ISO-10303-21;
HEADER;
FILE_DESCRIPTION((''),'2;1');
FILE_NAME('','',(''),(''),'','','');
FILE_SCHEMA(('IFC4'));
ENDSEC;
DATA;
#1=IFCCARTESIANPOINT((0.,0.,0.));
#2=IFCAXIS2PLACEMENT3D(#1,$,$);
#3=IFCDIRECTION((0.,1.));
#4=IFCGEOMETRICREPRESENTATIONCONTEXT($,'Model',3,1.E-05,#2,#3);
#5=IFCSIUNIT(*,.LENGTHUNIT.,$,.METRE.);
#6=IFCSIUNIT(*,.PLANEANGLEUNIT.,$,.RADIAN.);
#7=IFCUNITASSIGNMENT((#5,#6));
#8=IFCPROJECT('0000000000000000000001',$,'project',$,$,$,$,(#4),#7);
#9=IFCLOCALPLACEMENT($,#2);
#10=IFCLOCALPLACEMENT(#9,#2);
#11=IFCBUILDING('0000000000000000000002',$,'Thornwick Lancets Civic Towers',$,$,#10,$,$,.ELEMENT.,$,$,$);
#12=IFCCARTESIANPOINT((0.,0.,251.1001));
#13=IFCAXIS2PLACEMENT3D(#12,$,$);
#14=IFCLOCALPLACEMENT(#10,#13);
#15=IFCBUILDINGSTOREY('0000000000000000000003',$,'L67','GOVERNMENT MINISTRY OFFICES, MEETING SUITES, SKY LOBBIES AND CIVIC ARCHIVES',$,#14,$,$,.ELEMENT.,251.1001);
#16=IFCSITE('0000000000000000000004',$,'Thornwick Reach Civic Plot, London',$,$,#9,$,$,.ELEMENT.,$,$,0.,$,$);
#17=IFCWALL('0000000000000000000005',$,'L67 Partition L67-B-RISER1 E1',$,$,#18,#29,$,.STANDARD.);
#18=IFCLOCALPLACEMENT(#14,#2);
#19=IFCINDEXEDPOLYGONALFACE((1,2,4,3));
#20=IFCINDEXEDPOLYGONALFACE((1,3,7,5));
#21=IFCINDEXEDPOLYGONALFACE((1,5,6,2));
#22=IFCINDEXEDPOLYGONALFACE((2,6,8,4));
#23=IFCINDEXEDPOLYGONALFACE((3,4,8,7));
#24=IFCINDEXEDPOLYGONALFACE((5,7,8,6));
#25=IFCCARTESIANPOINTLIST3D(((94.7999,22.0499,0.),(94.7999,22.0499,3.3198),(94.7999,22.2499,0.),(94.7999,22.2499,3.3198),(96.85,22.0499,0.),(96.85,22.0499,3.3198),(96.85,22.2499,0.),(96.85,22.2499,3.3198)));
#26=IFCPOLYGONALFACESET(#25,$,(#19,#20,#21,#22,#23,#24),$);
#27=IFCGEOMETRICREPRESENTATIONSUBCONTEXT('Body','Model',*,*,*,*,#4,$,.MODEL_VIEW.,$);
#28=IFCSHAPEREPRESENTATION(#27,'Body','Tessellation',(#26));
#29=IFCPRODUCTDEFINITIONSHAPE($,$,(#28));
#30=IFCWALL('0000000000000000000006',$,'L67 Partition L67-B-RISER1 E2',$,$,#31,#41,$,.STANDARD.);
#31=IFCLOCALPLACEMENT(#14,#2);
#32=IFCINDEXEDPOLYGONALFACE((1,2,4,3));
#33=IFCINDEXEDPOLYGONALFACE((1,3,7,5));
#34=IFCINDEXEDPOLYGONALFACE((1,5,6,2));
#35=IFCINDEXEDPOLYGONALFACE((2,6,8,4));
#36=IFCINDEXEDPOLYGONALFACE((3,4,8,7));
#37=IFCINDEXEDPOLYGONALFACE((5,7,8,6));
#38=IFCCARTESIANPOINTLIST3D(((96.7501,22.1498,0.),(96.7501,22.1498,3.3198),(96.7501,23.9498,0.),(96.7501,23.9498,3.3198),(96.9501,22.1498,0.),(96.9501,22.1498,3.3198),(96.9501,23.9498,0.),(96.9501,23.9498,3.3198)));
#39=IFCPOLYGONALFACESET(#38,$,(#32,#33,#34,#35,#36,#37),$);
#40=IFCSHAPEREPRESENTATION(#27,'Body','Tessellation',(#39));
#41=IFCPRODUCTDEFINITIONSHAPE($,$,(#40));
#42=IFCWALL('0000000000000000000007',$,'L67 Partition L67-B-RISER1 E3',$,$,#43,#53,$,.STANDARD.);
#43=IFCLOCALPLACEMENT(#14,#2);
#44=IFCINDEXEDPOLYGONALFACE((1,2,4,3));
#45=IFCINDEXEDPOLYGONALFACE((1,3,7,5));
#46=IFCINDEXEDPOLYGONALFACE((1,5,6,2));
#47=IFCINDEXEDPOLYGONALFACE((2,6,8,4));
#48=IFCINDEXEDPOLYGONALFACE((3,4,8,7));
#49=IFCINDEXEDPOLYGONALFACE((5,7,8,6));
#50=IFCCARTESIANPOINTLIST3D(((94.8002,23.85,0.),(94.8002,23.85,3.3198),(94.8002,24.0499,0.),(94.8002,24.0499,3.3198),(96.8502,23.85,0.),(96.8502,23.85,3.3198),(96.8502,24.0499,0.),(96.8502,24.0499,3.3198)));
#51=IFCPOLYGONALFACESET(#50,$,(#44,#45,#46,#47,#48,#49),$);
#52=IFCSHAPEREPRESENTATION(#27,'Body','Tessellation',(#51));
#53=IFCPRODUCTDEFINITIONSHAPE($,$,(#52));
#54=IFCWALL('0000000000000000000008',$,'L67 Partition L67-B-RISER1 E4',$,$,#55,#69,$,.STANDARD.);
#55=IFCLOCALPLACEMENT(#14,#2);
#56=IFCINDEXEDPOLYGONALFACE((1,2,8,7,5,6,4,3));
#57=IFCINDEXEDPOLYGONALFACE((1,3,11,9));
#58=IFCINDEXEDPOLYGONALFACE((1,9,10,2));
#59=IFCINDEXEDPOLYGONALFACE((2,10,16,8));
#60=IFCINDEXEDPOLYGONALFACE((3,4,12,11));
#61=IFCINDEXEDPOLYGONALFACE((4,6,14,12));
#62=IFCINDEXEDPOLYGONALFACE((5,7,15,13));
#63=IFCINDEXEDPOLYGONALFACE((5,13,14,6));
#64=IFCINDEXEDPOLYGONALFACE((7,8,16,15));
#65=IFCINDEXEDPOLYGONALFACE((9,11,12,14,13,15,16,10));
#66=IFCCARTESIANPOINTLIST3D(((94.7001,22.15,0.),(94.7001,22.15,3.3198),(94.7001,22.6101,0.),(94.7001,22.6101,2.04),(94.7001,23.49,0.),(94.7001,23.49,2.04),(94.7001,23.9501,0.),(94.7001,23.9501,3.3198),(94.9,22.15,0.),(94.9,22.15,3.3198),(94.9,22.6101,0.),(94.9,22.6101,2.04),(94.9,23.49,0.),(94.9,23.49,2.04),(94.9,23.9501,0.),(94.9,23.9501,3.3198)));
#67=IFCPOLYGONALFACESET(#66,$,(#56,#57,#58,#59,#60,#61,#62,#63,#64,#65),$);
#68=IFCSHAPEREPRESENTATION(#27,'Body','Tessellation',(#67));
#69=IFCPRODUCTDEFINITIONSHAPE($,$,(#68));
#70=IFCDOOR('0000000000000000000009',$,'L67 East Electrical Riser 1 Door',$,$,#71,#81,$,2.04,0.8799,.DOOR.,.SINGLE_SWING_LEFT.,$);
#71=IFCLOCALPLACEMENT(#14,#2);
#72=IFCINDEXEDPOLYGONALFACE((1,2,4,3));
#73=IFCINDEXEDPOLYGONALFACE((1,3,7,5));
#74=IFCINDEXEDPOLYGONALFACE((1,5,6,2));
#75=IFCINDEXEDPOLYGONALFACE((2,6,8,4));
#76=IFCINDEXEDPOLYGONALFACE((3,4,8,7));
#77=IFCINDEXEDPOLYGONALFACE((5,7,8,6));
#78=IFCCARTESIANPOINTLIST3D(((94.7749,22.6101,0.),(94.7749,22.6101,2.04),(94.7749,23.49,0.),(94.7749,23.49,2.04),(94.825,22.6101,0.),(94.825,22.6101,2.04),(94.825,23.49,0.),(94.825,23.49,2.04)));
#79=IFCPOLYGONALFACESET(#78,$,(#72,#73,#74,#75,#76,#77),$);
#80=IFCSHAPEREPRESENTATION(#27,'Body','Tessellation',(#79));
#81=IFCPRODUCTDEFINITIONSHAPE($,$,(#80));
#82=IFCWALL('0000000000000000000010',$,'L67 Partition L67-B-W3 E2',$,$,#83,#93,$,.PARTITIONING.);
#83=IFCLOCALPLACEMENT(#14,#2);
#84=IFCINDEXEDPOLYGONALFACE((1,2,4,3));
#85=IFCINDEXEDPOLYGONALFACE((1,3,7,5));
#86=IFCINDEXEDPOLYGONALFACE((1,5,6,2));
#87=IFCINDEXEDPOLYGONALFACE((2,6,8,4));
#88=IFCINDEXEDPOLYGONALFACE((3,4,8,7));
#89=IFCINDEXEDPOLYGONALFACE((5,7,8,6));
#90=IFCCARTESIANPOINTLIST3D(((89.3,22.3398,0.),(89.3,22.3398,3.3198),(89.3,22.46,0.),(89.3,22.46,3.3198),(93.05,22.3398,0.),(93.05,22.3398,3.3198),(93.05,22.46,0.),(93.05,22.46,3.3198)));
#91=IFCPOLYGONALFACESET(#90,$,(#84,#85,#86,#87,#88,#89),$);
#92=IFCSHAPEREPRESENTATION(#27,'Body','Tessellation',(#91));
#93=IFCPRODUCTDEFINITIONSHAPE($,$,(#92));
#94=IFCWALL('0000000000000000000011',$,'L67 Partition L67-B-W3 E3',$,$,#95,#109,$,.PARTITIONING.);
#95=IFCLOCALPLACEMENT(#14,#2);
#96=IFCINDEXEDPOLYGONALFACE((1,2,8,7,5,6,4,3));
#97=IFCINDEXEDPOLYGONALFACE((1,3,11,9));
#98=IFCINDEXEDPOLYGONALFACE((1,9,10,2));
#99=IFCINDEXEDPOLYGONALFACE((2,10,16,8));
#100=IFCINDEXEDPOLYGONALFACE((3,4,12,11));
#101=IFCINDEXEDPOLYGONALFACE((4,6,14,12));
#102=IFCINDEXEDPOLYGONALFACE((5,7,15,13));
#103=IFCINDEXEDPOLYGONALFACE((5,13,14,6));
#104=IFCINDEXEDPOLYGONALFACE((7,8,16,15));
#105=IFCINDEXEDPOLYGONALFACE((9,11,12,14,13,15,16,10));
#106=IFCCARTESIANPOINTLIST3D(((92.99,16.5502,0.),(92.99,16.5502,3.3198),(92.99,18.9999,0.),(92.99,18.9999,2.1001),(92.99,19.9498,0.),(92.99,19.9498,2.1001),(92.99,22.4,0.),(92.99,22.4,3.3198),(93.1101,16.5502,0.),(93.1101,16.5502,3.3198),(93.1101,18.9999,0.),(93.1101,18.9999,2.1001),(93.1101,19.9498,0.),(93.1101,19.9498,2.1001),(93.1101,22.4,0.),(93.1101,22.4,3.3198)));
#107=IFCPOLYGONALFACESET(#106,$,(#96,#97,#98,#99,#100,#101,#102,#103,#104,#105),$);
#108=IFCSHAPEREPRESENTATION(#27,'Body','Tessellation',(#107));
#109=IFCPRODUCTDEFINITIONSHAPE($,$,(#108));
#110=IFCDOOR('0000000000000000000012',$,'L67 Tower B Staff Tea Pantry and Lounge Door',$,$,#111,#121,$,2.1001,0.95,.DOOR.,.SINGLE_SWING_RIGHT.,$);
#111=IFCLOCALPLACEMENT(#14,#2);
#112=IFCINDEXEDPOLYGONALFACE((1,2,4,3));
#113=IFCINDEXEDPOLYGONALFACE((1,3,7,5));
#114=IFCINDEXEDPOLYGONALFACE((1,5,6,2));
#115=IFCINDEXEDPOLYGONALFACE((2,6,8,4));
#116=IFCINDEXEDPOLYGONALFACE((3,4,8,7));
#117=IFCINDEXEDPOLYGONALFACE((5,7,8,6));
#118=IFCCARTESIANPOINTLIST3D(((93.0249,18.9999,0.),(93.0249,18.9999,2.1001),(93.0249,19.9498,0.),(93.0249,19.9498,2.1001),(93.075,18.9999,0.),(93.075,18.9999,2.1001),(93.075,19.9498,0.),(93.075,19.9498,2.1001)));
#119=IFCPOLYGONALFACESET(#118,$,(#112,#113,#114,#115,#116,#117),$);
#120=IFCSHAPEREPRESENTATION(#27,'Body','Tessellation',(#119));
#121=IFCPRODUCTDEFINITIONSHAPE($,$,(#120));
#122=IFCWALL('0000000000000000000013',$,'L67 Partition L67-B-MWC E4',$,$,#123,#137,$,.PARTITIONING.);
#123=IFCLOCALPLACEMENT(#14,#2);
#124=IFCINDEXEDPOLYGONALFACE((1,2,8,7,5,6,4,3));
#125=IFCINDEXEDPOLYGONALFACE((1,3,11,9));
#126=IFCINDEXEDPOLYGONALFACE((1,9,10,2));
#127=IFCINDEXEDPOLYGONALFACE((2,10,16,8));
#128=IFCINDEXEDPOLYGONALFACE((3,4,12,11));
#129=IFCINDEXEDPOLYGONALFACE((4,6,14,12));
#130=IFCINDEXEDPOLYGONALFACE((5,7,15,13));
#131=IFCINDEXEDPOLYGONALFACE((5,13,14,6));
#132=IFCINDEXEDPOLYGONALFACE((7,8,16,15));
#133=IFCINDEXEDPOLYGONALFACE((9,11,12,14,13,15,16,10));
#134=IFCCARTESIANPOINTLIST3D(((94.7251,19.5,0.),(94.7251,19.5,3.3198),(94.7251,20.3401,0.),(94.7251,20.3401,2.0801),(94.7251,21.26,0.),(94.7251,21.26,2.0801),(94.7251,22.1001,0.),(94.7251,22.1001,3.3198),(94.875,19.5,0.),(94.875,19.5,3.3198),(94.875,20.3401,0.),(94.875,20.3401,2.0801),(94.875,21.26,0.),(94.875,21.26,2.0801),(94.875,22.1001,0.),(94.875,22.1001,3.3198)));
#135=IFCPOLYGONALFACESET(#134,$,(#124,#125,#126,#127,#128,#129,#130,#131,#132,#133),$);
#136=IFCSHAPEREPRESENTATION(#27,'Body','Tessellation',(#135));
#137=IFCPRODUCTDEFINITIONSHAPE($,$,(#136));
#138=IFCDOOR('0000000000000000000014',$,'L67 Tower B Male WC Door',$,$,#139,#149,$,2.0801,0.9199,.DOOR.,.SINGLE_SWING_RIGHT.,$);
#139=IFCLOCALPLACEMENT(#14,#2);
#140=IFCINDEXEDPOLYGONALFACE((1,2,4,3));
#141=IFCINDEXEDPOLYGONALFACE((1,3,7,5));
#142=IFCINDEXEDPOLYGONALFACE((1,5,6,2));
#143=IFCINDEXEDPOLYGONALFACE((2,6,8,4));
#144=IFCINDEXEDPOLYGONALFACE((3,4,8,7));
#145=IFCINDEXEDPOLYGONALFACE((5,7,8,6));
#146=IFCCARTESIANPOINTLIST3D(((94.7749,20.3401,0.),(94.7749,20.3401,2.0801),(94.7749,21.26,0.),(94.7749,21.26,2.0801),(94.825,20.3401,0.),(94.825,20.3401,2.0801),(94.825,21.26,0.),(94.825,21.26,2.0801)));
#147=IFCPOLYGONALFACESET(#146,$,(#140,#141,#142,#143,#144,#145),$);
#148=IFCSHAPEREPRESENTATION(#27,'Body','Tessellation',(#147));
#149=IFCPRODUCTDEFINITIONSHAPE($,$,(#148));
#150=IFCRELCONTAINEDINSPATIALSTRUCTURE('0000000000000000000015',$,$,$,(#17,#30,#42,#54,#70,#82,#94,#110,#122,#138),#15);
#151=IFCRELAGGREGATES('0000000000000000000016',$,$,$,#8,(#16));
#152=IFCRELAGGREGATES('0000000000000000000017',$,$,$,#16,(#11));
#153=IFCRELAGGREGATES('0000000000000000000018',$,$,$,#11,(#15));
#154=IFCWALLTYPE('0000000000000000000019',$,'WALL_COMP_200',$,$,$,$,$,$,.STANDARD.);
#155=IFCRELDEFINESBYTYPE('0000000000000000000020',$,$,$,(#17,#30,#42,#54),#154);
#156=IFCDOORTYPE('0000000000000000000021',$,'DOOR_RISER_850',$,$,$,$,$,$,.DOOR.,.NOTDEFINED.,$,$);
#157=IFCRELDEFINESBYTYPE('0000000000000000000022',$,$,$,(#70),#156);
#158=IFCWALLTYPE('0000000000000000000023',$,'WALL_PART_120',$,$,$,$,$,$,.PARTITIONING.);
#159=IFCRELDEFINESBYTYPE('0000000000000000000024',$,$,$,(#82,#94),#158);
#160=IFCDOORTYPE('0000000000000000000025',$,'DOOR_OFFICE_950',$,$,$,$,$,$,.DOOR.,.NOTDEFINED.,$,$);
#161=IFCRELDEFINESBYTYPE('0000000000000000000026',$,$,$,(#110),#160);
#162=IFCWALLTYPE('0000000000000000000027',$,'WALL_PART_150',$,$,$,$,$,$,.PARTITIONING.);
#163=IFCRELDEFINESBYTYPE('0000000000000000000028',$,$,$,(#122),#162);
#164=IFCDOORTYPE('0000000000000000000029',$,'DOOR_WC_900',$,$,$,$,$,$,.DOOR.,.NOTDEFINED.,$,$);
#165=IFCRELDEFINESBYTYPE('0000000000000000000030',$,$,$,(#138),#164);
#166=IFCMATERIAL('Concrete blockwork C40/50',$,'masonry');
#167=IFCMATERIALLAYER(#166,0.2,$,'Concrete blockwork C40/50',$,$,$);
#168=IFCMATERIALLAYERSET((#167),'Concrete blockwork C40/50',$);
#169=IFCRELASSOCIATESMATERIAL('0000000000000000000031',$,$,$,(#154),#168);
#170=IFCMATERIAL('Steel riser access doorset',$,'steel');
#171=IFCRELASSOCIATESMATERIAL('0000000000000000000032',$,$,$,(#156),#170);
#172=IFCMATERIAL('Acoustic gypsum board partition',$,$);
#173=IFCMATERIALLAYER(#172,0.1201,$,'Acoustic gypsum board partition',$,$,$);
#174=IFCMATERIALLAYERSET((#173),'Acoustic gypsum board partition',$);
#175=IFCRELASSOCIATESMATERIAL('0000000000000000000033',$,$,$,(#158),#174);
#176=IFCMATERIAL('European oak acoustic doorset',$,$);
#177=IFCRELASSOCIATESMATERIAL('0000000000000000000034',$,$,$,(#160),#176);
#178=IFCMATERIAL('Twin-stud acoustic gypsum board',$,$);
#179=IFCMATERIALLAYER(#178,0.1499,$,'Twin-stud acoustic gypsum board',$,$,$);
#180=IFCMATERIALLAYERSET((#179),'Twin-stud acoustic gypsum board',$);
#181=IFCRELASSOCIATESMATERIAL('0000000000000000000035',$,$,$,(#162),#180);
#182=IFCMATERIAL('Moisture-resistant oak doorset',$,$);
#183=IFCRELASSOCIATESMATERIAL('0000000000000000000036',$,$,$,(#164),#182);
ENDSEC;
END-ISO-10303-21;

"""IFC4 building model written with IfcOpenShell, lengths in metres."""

from ifc_helpers import new_model, si_unit, direction, frame, frame_2d, origin, place, context, subcontext, project, spatial, rectangle, extrude, material, layer, layer_set, type_object, element, fill, save


model = new_model("IFC4")

# Units and contexts
model_context = context("Model", 3, precision=1e-05, world=origin(), true_north=direction((0.0, 1.0)))
body_context = subcontext(model_context, "Body", "Model", "MODEL_VIEW")
ifc_project = project(units=[si_unit("LENGTHUNIT", "METRE"), si_unit("PLANEANGLEUNIT", "RADIAN")], contexts=[model_context])

# Site, building, storey
site_placement = place(None, origin())
site = spatial("IfcSite", under=ifc_project, at=site_placement, Name="Thornwick Reach Civic Plot, London", CompositionType="ELEMENT", RefElevation=0.0)
building_placement = place(site_placement, origin())
building = spatial("IfcBuilding", under=site, at=building_placement, Name="Thornwick Lancets Civic Towers", CompositionType="ELEMENT")
storey_placement = place(building_placement, frame((0.0, 0.0, 251.1001)))
storey = spatial("IfcBuildingStorey", under=building, at=storey_placement, Name="L67", Description="GOVERNMENT MINISTRY OFFICES, MEETING SUITES, SKY LOBBIES AND CIVIC ARCHIVES", CompositionType="ELEMENT", Elevation=251.1001)

# Walls
ifc_material_1 = material(Name="Concrete blockwork C40/50", Category="masonry")
ifc_layer_1 = layer(ifc_material_1, 0.2, Name="Concrete blockwork C40/50")
ifc_layer_set_1 = layer_set([ifc_layer_1], Name="Concrete blockwork C40/50")
wall_type_1 = type_object("IfcWallType", Name="WALL_COMP_200", PredefinedType="STANDARD", material=ifc_layer_set_1)
wall_1_placement = place(storey_placement, frame((94.8, 22.1499, 0.0), z_axis=(0.0, 0.0, 1.0), x_axis=(1.0, 0.0, 0.0)))
element("IfcWall", 1, at=wall_1_placement, inside=storey, type_object=wall_type_1, Name="L67 Partition L67-B-RISER1 E1", PredefinedType="STANDARD", context=body_context, shape_type="SweptSolid", body=[
    extrude(rectangle(XDim=2.05, YDim=0.2, at=frame_2d((1.0249, 0.0))), origin(), (0.0, 0.0, 1.0), 3.3198),
])
wall_2_placement = place(storey_placement, frame((96.8501, 22.1499, 0.0), z_axis=(0.0, 0.0, 1.0), x_axis=(0.0, 1.0, 0.0)))
element("IfcWall", 2, at=wall_2_placement, inside=storey, type_object=wall_type_1, Name="L67 Partition L67-B-RISER1 E2", PredefinedType="STANDARD", context=body_context, shape_type="SweptSolid", body=[
    extrude(rectangle(XDim=1.8, YDim=0.2, at=frame_2d((0.8999, 0.0))), origin(), (0.0, 0.0, 1.0), 3.3198),
])
wall_3_placement = place(storey_placement, frame((96.8501, 23.95, 0.0), z_axis=(0.0, 0.0, 1.0), x_axis=(-1.0, 0.0, 0.0)))
element("IfcWall", 3, at=wall_3_placement, inside=storey, type_object=wall_type_1, Name="L67 Partition L67-B-RISER1 E3", PredefinedType="STANDARD", context=body_context, shape_type="SweptSolid", body=[
    extrude(rectangle(XDim=2.05, YDim=0.2, at=frame_2d((1.0249, 0.0))), origin(), (0.0, 0.0, 1.0), 3.3198),
])

# Wall, opening, door
wall_4_placement = place(storey_placement, frame((94.8, 23.95, 0.0), z_axis=(0.0, 0.0, 1.0), x_axis=(0.0, -1.0, 0.0)))
wall_4 = element("IfcWall", 4, at=wall_4_placement, inside=storey, type_object=wall_type_1, Name="L67 Partition L67-B-RISER1 E4", PredefinedType="STANDARD", context=body_context, shape_type="SweptSolid", body=[
    extrude(rectangle(XDim=1.8, YDim=0.2, at=frame_2d((0.8999, 0.0))), origin(), (0.0, 0.0, 1.0), 3.3198),
])
opening_1_placement = place(wall_4_placement, frame((0.46, 0.0, 0.0)))
opening_1 = element("IfcOpeningElement", 5, at=opening_1_placement, cuts=wall_4, PredefinedType="OPENING", context=body_context, shape_type="SweptSolid", body=[
    extrude(rectangle(XDim=0.8799, YDim=2.04, at=frame_2d((0.4399, 1.02))), frame((0.0, 0.1099, 0.0), z_axis=(0.0, -1.0, 0.0), x_axis=(1.0, 0.0, 0.0)), (0.0, 0.0, 1.0), 0.22),
])
ifc_material_2 = material(Name="Steel riser access doorset", Category="steel")
door_type_1 = type_object("IfcDoorType", Name="DOOR_RISER_850", OperationType="NOTDEFINED", PredefinedType="DOOR", material=ifc_material_2)
door_1_placement = place(opening_1_placement, origin())
door_1 = element("IfcDoor", 6, at=door_1_placement, inside=storey, type_object=door_type_1, Name="L67 East Electrical Riser 1 Door", OperationType="SINGLE_SWING_LEFT", OverallHeight=2.04, OverallWidth=0.8799, PredefinedType="DOOR", context=body_context, shape_type="SweptSolid", body=[
    extrude(rectangle(XDim=0.8799, YDim=2.04, at=frame_2d((0.4399, 1.02))), frame((0.0, 0.0249, 0.0), z_axis=(0.0, -1.0, 0.0), x_axis=(1.0, 0.0, 0.0)), (0.0, 0.0, 1.0), 0.05),
])
fill(opening_1, door_1)

# Wall
ifc_material_3 = material(Name="Acoustic gypsum board partition")
ifc_layer_2 = layer(ifc_material_3, 0.1201, Name="Acoustic gypsum board partition")
ifc_layer_set_2 = layer_set([ifc_layer_2], Name="Acoustic gypsum board partition")
wall_type_2 = type_object("IfcWallType", Name="WALL_PART_120", PredefinedType="PARTITIONING", material=ifc_layer_set_2)
wall_5_placement = place(storey_placement, frame((89.3, 22.3999, 0.0), z_axis=(0.0, 0.0, 1.0), x_axis=(1.0, 0.0, 0.0)))
element("IfcWall", 7, at=wall_5_placement, inside=storey, type_object=wall_type_2, Name="L67 Partition L67-B-W3 E2", PredefinedType="PARTITIONING", context=body_context, shape_type="SweptSolid", body=[
    extrude(rectangle(XDim=3.75, YDim=0.1201, at=frame_2d((1.875, 0.0))), origin(), (0.0, 0.0, 1.0), 3.3198),
])

# Walls, openings, doors
wall_6_placement = place(storey_placement, frame((93.05, 22.3999, 0.0), z_axis=(0.0, 0.0, 1.0), x_axis=(0.0, -1.0, 0.0)))
wall_6 = element("IfcWall", 8, at=wall_6_placement, inside=storey, type_object=wall_type_2, Name="L67 Partition L67-B-W3 E3", PredefinedType="PARTITIONING", context=body_context, shape_type="SweptSolid", body=[
    extrude(rectangle(XDim=5.8499, YDim=0.1201, at=frame_2d((2.9248, 0.0))), origin(), (0.0, 0.0, 1.0), 3.3198),
])
opening_2_placement = place(wall_6_placement, frame((2.45, 0.0, 0.0)))
opening_2 = element("IfcOpeningElement", 9, at=opening_2_placement, cuts=wall_6, PredefinedType="OPENING", context=body_context, shape_type="SweptSolid", body=[
    extrude(rectangle(XDim=0.95, YDim=2.1001, at=frame_2d((0.4751, 1.05))), frame((0.0, 0.0701, 0.0), z_axis=(0.0, -1.0, 0.0), x_axis=(1.0, 0.0, 0.0)), (0.0, 0.0, 1.0), 0.1401),
])
ifc_material_4 = material(Name="European oak acoustic doorset")
door_type_2 = type_object("IfcDoorType", Name="DOOR_OFFICE_950", OperationType="NOTDEFINED", PredefinedType="DOOR", material=ifc_material_4)
door_2_placement = place(opening_2_placement, origin())
door_2 = element("IfcDoor", 10, at=door_2_placement, inside=storey, type_object=door_type_2, Name="L67 Tower B Staff Tea Pantry and Lounge Door", OperationType="SINGLE_SWING_RIGHT", OverallHeight=2.1001, OverallWidth=0.95, PredefinedType="DOOR", context=body_context, shape_type="SweptSolid", body=[
    extrude(rectangle(XDim=0.95, YDim=2.1001, at=frame_2d((0.4751, 1.05))), frame((0.0, 0.0249, 0.0), z_axis=(0.0, -1.0, 0.0), x_axis=(1.0, 0.0, 0.0)), (0.0, 0.0, 1.0), 0.05),
])
fill(opening_2, door_2)
ifc_material_5 = material(Name="Twin-stud acoustic gypsum board")
ifc_layer_3 = layer(ifc_material_5, 0.1499, Name="Twin-stud acoustic gypsum board")
ifc_layer_set_3 = layer_set([ifc_layer_3], Name="Twin-stud acoustic gypsum board")
wall_type_3 = type_object("IfcWallType", Name="WALL_PART_150", PredefinedType="PARTITIONING", material=ifc_layer_set_3)
wall_7_placement = place(storey_placement, frame((94.8, 22.1001, 0.0), z_axis=(0.0, 0.0, 1.0), x_axis=(0.0, -1.0, 0.0)))
wall_7 = element("IfcWall", 11, at=wall_7_placement, inside=storey, type_object=wall_type_3, Name="L67 Partition L67-B-MWC E4", PredefinedType="PARTITIONING", context=body_context, shape_type="SweptSolid", body=[
    extrude(rectangle(XDim=2.6001, YDim=0.1499, at=frame_2d((1.3, 0.0))), origin(), (0.0, 0.0, 1.0), 3.3198),
])
opening_3_placement = place(wall_7_placement, frame((0.8401, 0.0, 0.0)))
opening_3 = element("IfcOpeningElement", 12, at=opening_3_placement, cuts=wall_7, PredefinedType="OPENING", context=body_context, shape_type="SweptSolid", body=[
    extrude(rectangle(XDim=0.9199, YDim=2.0801, at=frame_2d((0.46, 1.04))), frame((0.0, 0.085, 0.0), z_axis=(0.0, -1.0, 0.0), x_axis=(1.0, 0.0, 0.0)), (0.0, 0.0, 1.0), 0.1699),
])
ifc_material_6 = material(Name="Moisture-resistant oak doorset")
door_type_3 = type_object("IfcDoorType", Name="DOOR_WC_900", OperationType="NOTDEFINED", PredefinedType="DOOR", material=ifc_material_6)
door_3_placement = place(opening_3_placement, origin())
door_3 = element("IfcDoor", 13, at=door_3_placement, inside=storey, type_object=door_type_3, Name="L67 Tower B Male WC Door", OperationType="SINGLE_SWING_RIGHT", OverallHeight=2.0801, OverallWidth=0.9199, PredefinedType="DOOR", context=body_context, shape_type="SweptSolid", body=[
    extrude(rectangle(XDim=0.9199, YDim=2.0801, at=frame_2d((0.46, 1.04))), frame((0.0, 0.0249, 0.0), z_axis=(0.0, -1.0, 0.0), x_axis=(1.0, 0.0, 0.0)), (0.0, 0.0, 1.0), 0.05),
])
fill(opening_3, door_3)

save(model, "model.ifc")
